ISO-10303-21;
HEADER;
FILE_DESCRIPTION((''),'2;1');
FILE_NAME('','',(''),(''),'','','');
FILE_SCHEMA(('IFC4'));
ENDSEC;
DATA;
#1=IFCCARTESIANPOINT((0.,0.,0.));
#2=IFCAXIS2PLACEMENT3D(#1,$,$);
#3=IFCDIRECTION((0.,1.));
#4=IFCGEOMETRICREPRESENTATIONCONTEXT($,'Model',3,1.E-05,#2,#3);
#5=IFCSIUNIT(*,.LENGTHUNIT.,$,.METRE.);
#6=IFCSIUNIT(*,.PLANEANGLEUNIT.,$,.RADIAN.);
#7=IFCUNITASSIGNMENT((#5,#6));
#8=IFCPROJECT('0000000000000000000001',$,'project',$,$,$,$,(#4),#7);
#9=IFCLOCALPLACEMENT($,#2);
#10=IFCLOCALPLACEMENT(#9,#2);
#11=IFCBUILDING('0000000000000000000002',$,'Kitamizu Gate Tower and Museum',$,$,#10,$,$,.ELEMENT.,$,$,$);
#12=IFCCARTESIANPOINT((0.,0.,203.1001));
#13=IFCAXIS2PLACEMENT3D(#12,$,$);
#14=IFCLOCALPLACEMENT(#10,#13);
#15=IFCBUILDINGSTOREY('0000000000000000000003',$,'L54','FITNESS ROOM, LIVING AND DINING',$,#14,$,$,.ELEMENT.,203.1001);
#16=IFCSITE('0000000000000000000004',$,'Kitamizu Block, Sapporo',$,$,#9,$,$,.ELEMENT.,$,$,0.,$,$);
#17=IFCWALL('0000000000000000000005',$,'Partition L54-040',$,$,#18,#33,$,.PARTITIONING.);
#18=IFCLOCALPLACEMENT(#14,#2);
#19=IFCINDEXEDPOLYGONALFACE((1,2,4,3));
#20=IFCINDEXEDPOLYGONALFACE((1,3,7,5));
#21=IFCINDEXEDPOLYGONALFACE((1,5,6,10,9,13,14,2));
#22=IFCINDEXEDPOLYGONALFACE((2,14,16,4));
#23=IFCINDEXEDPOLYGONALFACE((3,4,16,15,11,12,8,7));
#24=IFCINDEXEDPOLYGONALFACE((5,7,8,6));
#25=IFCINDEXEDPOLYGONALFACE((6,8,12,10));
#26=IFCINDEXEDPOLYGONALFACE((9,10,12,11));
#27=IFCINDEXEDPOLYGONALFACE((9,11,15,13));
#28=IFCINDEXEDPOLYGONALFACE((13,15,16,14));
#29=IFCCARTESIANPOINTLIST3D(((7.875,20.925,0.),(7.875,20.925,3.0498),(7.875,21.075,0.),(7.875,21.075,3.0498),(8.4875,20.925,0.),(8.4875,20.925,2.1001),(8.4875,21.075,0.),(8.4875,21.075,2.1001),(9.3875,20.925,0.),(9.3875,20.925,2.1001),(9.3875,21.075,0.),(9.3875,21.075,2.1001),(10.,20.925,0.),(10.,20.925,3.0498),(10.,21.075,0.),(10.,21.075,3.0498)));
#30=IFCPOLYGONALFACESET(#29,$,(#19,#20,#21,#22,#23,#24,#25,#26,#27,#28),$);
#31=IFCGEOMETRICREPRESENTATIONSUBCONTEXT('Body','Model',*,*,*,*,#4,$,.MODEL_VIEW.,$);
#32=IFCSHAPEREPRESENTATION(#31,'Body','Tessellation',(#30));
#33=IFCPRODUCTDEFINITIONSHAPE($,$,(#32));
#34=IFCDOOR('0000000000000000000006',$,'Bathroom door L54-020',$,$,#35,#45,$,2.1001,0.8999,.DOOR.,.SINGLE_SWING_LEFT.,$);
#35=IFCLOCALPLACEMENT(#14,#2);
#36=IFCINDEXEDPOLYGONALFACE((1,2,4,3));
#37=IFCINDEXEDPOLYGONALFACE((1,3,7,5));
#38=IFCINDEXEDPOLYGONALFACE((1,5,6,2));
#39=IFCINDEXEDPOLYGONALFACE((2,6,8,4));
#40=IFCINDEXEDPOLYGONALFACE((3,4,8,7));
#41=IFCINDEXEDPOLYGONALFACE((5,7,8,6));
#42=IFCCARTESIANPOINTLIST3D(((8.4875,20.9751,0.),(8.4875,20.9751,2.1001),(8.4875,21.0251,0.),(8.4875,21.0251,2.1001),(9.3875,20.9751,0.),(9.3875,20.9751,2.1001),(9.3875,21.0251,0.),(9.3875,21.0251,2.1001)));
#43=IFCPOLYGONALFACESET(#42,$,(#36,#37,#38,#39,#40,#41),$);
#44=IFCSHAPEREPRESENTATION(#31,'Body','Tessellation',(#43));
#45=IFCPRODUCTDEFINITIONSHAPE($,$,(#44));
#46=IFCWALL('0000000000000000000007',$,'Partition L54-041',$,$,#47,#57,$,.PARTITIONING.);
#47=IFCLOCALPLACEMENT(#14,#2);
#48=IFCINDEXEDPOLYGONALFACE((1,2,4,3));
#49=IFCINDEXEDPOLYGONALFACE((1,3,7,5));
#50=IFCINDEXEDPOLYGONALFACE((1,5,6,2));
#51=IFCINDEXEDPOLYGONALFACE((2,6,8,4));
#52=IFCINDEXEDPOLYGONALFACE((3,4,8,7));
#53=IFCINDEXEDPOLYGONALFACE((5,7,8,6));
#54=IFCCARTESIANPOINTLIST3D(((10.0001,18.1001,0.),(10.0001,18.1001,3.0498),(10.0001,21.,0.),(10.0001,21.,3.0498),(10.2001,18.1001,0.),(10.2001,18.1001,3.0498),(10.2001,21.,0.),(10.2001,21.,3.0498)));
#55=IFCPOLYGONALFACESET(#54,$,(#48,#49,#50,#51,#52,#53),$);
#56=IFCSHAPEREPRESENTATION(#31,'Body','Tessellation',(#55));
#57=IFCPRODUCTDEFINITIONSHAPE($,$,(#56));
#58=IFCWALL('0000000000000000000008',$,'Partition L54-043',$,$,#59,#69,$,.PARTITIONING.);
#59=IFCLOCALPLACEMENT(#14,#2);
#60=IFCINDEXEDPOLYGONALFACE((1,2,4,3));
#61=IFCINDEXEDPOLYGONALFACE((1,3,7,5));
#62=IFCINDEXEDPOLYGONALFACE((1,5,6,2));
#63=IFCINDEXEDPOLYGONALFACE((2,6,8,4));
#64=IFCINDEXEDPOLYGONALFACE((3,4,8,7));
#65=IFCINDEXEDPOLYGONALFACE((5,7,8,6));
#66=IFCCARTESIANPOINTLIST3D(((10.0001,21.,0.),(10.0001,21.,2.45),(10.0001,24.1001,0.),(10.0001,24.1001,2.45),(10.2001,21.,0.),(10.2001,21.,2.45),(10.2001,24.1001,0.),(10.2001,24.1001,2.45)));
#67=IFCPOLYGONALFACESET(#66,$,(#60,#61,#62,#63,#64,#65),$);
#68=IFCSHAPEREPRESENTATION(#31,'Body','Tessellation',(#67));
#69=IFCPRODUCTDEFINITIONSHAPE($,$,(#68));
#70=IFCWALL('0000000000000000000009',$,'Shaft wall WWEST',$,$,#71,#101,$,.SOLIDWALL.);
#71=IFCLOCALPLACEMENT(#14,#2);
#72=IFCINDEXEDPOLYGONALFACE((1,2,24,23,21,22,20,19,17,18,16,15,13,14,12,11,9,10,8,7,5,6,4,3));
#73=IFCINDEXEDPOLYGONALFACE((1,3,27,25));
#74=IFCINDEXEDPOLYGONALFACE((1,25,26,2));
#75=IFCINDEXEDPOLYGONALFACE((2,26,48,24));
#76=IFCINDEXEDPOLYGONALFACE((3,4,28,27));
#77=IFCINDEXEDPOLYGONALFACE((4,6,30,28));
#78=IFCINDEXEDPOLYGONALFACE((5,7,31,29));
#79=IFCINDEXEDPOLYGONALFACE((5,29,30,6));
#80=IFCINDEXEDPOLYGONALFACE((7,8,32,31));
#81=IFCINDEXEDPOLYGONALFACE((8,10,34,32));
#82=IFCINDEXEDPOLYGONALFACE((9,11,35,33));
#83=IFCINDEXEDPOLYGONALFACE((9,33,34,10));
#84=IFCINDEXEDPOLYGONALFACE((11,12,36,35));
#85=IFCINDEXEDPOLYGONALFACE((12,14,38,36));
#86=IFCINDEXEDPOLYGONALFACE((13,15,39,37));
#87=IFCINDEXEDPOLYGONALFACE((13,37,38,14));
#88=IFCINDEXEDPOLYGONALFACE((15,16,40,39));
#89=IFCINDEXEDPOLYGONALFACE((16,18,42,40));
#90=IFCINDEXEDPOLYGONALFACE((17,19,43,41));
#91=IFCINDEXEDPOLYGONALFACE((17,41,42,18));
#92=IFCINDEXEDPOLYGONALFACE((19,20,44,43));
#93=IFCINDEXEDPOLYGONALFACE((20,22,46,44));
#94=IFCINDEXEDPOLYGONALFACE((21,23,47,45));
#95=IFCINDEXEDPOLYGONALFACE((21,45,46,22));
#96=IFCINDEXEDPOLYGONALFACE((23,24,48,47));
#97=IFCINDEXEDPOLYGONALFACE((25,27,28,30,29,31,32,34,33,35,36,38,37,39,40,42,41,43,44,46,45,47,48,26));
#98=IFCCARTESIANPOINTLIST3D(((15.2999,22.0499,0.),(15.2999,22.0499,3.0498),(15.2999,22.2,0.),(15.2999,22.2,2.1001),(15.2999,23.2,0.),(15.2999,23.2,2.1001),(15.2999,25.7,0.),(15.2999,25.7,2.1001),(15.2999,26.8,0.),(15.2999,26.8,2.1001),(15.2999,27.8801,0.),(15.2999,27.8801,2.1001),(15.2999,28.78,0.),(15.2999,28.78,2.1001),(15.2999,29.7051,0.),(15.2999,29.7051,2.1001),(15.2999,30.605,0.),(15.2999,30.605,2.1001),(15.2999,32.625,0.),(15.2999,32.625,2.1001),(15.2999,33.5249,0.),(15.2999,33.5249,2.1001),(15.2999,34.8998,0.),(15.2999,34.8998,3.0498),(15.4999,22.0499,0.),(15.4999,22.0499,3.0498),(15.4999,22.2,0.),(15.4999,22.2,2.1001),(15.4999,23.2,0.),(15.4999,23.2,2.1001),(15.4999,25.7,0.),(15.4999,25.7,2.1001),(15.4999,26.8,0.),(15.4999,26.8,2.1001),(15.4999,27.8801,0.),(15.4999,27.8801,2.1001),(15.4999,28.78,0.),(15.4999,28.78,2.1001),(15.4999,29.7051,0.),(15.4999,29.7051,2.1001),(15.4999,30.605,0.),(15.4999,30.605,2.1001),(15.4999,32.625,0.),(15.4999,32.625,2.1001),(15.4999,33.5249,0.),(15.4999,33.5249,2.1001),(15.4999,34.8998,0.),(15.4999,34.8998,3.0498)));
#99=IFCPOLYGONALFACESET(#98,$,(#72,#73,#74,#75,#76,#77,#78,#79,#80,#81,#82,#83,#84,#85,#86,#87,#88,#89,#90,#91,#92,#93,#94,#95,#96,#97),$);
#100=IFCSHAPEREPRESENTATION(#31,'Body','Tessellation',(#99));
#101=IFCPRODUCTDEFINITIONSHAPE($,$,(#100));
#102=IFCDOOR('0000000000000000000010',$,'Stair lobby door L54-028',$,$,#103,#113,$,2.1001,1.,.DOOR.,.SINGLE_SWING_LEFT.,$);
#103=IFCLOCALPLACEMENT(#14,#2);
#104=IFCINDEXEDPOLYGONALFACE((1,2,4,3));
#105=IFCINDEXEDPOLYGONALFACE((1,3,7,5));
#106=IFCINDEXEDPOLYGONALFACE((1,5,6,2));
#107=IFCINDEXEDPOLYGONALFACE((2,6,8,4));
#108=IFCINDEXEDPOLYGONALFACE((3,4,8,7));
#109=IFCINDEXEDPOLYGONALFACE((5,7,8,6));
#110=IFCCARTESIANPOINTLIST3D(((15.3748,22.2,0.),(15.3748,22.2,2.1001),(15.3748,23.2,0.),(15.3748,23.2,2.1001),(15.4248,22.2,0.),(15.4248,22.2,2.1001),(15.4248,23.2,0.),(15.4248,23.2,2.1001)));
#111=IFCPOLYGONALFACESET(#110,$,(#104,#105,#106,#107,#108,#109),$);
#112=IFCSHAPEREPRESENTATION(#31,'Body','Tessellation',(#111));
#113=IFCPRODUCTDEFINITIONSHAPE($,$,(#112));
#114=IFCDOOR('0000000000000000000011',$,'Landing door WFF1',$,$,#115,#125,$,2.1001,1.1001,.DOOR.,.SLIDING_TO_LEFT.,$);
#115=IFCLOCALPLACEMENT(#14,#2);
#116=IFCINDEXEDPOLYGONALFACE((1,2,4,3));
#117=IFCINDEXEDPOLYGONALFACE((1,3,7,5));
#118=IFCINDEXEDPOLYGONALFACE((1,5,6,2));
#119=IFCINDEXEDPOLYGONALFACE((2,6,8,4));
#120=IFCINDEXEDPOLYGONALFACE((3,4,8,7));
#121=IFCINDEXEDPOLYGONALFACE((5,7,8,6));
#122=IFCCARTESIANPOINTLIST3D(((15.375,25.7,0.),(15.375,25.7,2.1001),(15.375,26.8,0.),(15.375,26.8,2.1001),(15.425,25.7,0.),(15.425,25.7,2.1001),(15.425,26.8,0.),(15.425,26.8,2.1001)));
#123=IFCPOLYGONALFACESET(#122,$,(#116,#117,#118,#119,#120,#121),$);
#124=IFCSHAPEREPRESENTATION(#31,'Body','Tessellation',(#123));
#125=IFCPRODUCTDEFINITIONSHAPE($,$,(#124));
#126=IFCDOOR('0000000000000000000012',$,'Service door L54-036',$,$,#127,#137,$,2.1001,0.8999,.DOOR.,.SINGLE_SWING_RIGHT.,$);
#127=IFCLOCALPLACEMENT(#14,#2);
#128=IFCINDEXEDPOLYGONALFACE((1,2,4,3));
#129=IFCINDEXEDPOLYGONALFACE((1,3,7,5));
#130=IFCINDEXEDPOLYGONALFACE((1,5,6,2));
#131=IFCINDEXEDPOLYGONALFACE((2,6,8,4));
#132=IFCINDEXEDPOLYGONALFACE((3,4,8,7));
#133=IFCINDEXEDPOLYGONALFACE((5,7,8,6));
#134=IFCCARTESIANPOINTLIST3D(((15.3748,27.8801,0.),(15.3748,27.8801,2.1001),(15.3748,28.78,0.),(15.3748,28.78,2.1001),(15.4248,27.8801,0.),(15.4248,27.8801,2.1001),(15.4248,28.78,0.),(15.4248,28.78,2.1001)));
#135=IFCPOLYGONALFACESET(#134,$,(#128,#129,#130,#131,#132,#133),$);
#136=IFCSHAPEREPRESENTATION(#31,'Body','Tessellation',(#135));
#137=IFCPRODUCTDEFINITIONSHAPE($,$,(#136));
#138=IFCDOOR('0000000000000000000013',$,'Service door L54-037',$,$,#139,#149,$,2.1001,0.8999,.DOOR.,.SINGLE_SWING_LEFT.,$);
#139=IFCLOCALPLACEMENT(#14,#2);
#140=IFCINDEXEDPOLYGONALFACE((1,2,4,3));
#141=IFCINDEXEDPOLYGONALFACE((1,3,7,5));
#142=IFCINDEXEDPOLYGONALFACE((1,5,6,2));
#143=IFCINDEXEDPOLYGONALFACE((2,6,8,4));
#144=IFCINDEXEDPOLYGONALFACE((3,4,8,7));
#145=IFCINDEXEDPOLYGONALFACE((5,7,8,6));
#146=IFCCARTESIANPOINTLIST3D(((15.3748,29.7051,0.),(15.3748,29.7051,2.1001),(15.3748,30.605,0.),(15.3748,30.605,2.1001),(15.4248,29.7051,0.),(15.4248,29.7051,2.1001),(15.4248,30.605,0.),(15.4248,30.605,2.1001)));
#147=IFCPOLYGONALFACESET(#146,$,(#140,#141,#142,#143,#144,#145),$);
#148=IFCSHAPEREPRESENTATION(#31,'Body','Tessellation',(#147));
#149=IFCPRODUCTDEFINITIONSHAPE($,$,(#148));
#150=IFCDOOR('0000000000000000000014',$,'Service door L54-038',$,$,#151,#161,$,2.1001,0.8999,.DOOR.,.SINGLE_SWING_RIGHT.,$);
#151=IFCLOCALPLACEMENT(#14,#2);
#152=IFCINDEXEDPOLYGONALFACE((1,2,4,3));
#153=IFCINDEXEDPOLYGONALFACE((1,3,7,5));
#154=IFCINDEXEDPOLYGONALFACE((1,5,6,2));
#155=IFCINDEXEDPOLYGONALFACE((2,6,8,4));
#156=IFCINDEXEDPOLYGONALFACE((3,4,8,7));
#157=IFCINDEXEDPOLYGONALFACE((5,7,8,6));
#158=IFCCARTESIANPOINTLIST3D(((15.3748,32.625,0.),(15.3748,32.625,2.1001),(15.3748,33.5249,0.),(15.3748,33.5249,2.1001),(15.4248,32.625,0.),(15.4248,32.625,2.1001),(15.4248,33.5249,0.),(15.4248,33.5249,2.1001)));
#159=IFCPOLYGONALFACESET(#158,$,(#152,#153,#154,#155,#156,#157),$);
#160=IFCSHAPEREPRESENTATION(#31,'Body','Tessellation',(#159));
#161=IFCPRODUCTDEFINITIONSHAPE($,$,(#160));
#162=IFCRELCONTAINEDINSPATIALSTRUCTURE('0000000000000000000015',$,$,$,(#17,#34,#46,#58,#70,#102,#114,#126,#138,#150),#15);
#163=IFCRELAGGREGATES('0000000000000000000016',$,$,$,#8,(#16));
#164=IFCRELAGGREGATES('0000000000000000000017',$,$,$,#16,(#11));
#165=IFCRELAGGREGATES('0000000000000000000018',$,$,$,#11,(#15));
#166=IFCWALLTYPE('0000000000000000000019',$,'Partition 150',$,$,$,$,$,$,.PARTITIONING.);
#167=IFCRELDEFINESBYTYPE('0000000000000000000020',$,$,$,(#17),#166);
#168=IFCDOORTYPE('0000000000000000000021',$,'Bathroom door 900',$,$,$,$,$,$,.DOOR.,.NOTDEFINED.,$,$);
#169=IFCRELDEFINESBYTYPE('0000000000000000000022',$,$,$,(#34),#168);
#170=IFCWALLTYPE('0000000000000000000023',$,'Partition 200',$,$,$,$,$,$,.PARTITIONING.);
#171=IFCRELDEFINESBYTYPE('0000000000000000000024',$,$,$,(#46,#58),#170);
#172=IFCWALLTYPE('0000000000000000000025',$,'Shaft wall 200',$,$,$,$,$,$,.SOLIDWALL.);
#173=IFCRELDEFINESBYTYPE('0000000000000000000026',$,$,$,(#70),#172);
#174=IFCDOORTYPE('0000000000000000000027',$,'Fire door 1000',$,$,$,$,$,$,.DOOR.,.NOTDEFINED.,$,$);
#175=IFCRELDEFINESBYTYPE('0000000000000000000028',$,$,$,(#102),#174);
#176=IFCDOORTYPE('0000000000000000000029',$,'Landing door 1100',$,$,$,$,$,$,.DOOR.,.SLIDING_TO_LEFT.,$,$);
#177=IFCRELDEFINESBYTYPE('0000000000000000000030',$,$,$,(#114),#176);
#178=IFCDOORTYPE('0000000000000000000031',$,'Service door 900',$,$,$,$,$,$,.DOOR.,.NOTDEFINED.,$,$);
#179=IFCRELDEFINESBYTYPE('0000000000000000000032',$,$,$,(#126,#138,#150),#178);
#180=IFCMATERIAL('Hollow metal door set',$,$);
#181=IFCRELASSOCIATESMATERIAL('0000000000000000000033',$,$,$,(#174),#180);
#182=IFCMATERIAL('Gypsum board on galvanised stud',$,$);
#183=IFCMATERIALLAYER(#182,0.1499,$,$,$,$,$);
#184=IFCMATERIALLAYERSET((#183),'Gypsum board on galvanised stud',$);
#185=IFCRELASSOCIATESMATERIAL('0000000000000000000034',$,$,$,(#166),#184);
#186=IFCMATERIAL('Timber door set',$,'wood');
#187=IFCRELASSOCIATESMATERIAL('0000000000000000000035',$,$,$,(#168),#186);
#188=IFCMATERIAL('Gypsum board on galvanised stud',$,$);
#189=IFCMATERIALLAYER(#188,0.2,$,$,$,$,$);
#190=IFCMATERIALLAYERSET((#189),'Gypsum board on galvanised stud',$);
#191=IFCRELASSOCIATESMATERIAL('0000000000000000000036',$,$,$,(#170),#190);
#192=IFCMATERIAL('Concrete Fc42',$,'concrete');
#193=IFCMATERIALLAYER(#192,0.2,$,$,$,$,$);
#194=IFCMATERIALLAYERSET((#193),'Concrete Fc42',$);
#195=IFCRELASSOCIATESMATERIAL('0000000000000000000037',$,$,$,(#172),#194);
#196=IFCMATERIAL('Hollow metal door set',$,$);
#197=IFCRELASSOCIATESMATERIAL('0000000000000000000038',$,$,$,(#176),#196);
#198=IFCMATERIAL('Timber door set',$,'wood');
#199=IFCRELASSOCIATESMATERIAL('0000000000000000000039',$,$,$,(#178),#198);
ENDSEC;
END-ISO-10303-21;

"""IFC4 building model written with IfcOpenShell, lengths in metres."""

from ifc_helpers import new_model, si_unit, direction, frame, frame_2d, origin, place, context, subcontext, project, spatial, rectangle, extrude, material, layer, layer_set, type_object, element, fill, save


model = new_model("IFC4")

# Units and contexts
model_context = context("Model", 3, precision=1e-05, world=origin(), true_north=direction((0.0, 1.0)))
body_context = subcontext(model_context, "Body", "Model", "MODEL_VIEW")
ifc_project = project(units=[si_unit("LENGTHUNIT", "METRE"), si_unit("PLANEANGLEUNIT", "RADIAN")], contexts=[model_context])

# Site, building, storey
site_placement = place(None, origin())
site = spatial("IfcSite", under=ifc_project, at=site_placement, Name="Kitamizu Block, Sapporo", CompositionType="ELEMENT", RefElevation=0.0)
building_placement = place(site_placement, origin())
building = spatial("IfcBuilding", under=site, at=building_placement, Name="Kitamizu Gate Tower and Museum", CompositionType="ELEMENT")
storey_placement = place(building_placement, frame((0.0, 0.0, 203.1001)))
storey = spatial("IfcBuildingStorey", under=building, at=storey_placement, Name="L54", Description="FITNESS ROOM, LIVING AND DINING", CompositionType="ELEMENT", Elevation=203.1001)

# Shared definitions
ifc_material_1 = material(Name="Hollow metal door set")
door_type_1 = type_object("IfcDoorType", Name="Fire door 1000", OperationType="NOTDEFINED", PredefinedType="DOOR", material=ifc_material_1)

# Shared definitions
ifc_material_2 = material(Name="Gypsum board on galvanised stud")
ifc_layer_1 = layer(ifc_material_2, 0.1499)
ifc_layer_set_1 = layer_set([ifc_layer_1], Name="Gypsum board on galvanised stud")
wall_type_1 = type_object("IfcWallType", Name="Partition 150", PredefinedType="PARTITIONING", material=ifc_layer_set_1)

# Wall, opening, door
wall_1_placement = place(storey_placement, frame((10.0, 21.0, 0.0), z_axis=(0.0, 0.0, 1.0), x_axis=(-1.0, 0.0, 0.0)))
wall_1 = element("IfcWall", 1, at=wall_1_placement, inside=storey, type_object=wall_type_1, Name="Partition L54-040", PredefinedType="PARTITIONING", context=body_context, shape_type="SweptSolid", body=[
    extrude(rectangle(XDim=2.125, YDim=0.1499, at=frame_2d((1.0625, 0.0))), origin(), (0.0, 0.0, 1.0), 3.0498),
])
opening_1_placement = place(wall_1_placement, frame((0.6125, 0.0, 0.0)))
opening_1 = element("IfcOpeningElement", 2, at=opening_1_placement, cuts=wall_1, PredefinedType="OPENING", context=body_context, shape_type="SweptSolid", body=[
    extrude(rectangle(XDim=0.8999, YDim=2.1001, at=frame_2d((0.45, 1.05))), frame((0.0, 0.085, 0.0), z_axis=(0.0, -1.0, 0.0), x_axis=(1.0, 0.0, 0.0)), (0.0, 0.0, 1.0), 0.1699),
])
ifc_material_3 = material(Name="Timber door set", Category="wood")
door_type_2 = type_object("IfcDoorType", Name="Bathroom door 900", OperationType="NOTDEFINED", PredefinedType="DOOR", material=ifc_material_3)
door_1_placement = place(opening_1_placement, origin())
door_1 = element("IfcDoor", 3, at=door_1_placement, inside=storey, type_object=door_type_2, Name="Bathroom door L54-020", OperationType="SINGLE_SWING_LEFT", OverallHeight=2.1001, OverallWidth=0.8999, PredefinedType="DOOR", context=body_context, shape_type="SweptSolid", body=[
    extrude(rectangle(XDim=0.8999, YDim=2.1001, at=frame_2d((0.45, 1.05))), frame((0.0, 0.0249, 0.0), z_axis=(0.0, -1.0, 0.0), x_axis=(1.0, 0.0, 0.0)), (0.0, 0.0, 1.0), 0.05),
])
fill(opening_1, door_1)

# Walls
ifc_material_4 = material(Name="Gypsum board on galvanised stud")
ifc_layer_2 = layer(ifc_material_4, 0.2)
ifc_layer_set_2 = layer_set([ifc_layer_2], Name="Gypsum board on galvanised stud")
wall_type_2 = type_object("IfcWallType", Name="Partition 200", PredefinedType="PARTITIONING", material=ifc_layer_set_2)
wall_2_placement = place(storey_placement, frame((10.1001, 18.1001, 0.0), z_axis=(0.0, 0.0, 1.0), x_axis=(0.0, 1.0, 0.0)))
element("IfcWall", 4, at=wall_2_placement, inside=storey, type_object=wall_type_2, Name="Partition L54-041", PredefinedType="PARTITIONING", context=body_context, shape_type="SweptSolid", body=[
    extrude(rectangle(XDim=2.8999, YDim=0.2, at=frame_2d((1.45, 0.0))), origin(), (0.0, 0.0, 1.0), 3.0498),
])
wall_3_placement = place(storey_placement, frame((10.1001, 21.0, 0.0), z_axis=(0.0, 0.0, 1.0), x_axis=(0.0, 1.0, 0.0)))
element("IfcWall", 5, at=wall_3_placement, inside=storey, type_object=wall_type_2, Name="Partition L54-043", PredefinedType="PARTITIONING", context=body_context, shape_type="SweptSolid", body=[
    extrude(rectangle(XDim=3.1001, YDim=0.2, at=frame_2d((1.55, 0.0))), origin(), (0.0, 0.0, 1.0), 2.45),
])

# Wall, openings, doors
ifc_material_5 = material(Name="Concrete Fc42", Category="concrete")
ifc_layer_3 = layer(ifc_material_5, 0.2)
ifc_layer_set_3 = layer_set([ifc_layer_3], Name="Concrete Fc42")
wall_type_3 = type_object("IfcWallType", Name="Shaft wall 200", PredefinedType="SOLIDWALL", material=ifc_layer_set_3)
wall_4_placement = place(storey_placement, frame((15.3999, 22.05, 0.0), z_axis=(0.0, 0.0, 1.0), x_axis=(0.0, 1.0, 0.0)))
wall_4 = element("IfcWall", 6, at=wall_4_placement, inside=storey, type_object=wall_type_3, Name="Shaft wall WWEST", PredefinedType="SOLIDWALL", context=body_context, shape_type="SweptSolid", body=[
    extrude(rectangle(XDim=12.8499, YDim=0.2, at=frame_2d((6.4248, 0.0))), origin(), (0.0, 0.0, 1.0), 3.0498),
])
opening_2_placement = place(wall_4_placement, frame((3.6499, 0.0, 0.0)))
opening_2 = element("IfcOpeningElement", 7, at=opening_2_placement, cuts=wall_4, PredefinedType="OPENING", context=body_context, shape_type="SweptSolid", body=[
    extrude(rectangle(XDim=1.1001, YDim=2.1001, at=frame_2d((0.55, 1.05))), frame((0.0, 0.1099, 0.0), z_axis=(0.0, -1.0, 0.0), x_axis=(1.0, 0.0, 0.0)), (0.0, 0.0, 1.0), 0.22),
])
opening_3_placement = place(wall_4_placement, frame((0.1499, 0.0, 0.0)))
opening_3 = element("IfcOpeningElement", 8, at=opening_3_placement, cuts=wall_4, PredefinedType="OPENING", context=body_context, shape_type="SweptSolid", body=[
    extrude(rectangle(XDim=1.0, YDim=2.1001, at=frame_2d((0.5, 1.05))), frame((0.0, 0.1099, 0.0), z_axis=(0.0, -1.0, 0.0), x_axis=(1.0, 0.0, 0.0)), (0.0, 0.0, 1.0), 0.22),
])
opening_4_placement = place(wall_4_placement, frame((5.8301, 0.0, 0.0)))
opening_4 = element("IfcOpeningElement", 9, at=opening_4_placement, cuts=wall_4, PredefinedType="OPENING", context=body_context, shape_type="SweptSolid", body=[
    extrude(rectangle(XDim=0.8999, YDim=2.1001, at=frame_2d((0.45, 1.05))), frame((0.0, 0.1099, 0.0), z_axis=(0.0, -1.0, 0.0), x_axis=(1.0, 0.0, 0.0)), (0.0, 0.0, 1.0), 0.22),
])
opening_5_placement = place(wall_4_placement, frame((7.655, 0.0, 0.0)))
opening_5 = element("IfcOpeningElement", 10, at=opening_5_placement, cuts=wall_4, PredefinedType="OPENING", context=body_context, shape_type="SweptSolid", body=[
    extrude(rectangle(XDim=0.8999, YDim=2.1001, at=frame_2d((0.45, 1.05))), frame((0.0, 0.1099, 0.0), z_axis=(0.0, -1.0, 0.0), x_axis=(1.0, 0.0, 0.0)), (0.0, 0.0, 1.0), 0.22),
])
opening_6_placement = place(wall_4_placement, frame((10.575, 0.0, 0.0)))
opening_6 = element("IfcOpeningElement", 11, at=opening_6_placement, cuts=wall_4, PredefinedType="OPENING", context=body_context, shape_type="SweptSolid", body=[
    extrude(rectangle(XDim=0.8999, YDim=2.1001, at=frame_2d((0.45, 1.05))), frame((0.0, 0.1099, 0.0), z_axis=(0.0, -1.0, 0.0), x_axis=(1.0, 0.0, 0.0)), (0.0, 0.0, 1.0), 0.22),
])
door_2_placement = place(opening_3_placement, frame((1.0, 0.0, 0.0), x_axis=(-1.0, 0.0, 0.0)))
door_2 = element("IfcDoor", 12, at=door_2_placement, inside=storey, type_object=door_type_1, Name="Stair lobby door L54-028", OperationType="SINGLE_SWING_LEFT", OverallHeight=2.1001, OverallWidth=1.0, PredefinedType="DOOR", context=body_context, shape_type="SweptSolid", body=[
    extrude(rectangle(XDim=1.0, YDim=2.1001, at=frame_2d((0.5, 1.05))), frame((0.0, 0.0249, 0.0), z_axis=(0.0, -1.0, 0.0), x_axis=(1.0, 0.0, 0.0)), (0.0, 0.0, 1.0), 0.05),
])
fill(opening_3, door_2)
ifc_material_6 = material(Name="Hollow metal door set")
door_type_3 = type_object("IfcDoorType", Name="Landing door 1100", OperationType="SLIDING_TO_LEFT", PredefinedType="DOOR", material=ifc_material_6)
door_3_placement = place(opening_2_placement, origin())
door_3 = element("IfcDoor", 13, at=door_3_placement, inside=storey, type_object=door_type_3, Name="Landing door WFF1", OperationType="SLIDING_TO_LEFT", OverallHeight=2.1001, OverallWidth=1.1001, PredefinedType="DOOR", context=body_context, shape_type="SweptSolid", body=[
    extrude(rectangle(XDim=1.1001, YDim=2.1001, at=frame_2d((0.55, 1.05))), frame((0.0, 0.0249, 0.0), z_axis=(0.0, -1.0, 0.0), x_axis=(1.0, 0.0, 0.0)), (0.0, 0.0, 1.0), 0.05),
])
fill(opening_2, door_3)
ifc_material_7 = material(Name="Timber door set", Category="wood")
door_type_4 = type_object("IfcDoorType", Name="Service door 900", OperationType="NOTDEFINED", PredefinedType="DOOR", material=ifc_material_7)
door_4_placement = place(opening_4_placement, frame((0.8999, 0.0, 0.0), x_axis=(-1.0, 0.0, 0.0)))
door_4 = element("IfcDoor", 14, at=door_4_placement, inside=storey, type_object=door_type_4, Name="Service door L54-036", OperationType="SINGLE_SWING_RIGHT", OverallHeight=2.1001, OverallWidth=0.8999, PredefinedType="DOOR", context=body_context, shape_type="SweptSolid", body=[
    extrude(rectangle(XDim=0.8999, YDim=2.1001, at=frame_2d((0.45, 1.05))), frame((0.0, 0.0249, 0.0), z_axis=(0.0, -1.0, 0.0), x_axis=(1.0, 0.0, 0.0)), (0.0, 0.0, 1.0), 0.05),
])
fill(opening_4, door_4)
door_5_placement = place(opening_5_placement, frame((0.8999, 0.0, 0.0), x_axis=(-1.0, 0.0, 0.0)))
door_5 = element("IfcDoor", 15, at=door_5_placement, inside=storey, type_object=door_type_4, Name="Service door L54-037", OperationType="SINGLE_SWING_LEFT", OverallHeight=2.1001, OverallWidth=0.8999, PredefinedType="DOOR", context=body_context, shape_type="SweptSolid", body=[
    extrude(rectangle(XDim=0.8999, YDim=2.1001, at=frame_2d((0.45, 1.05))), frame((0.0, 0.0249, 0.0), z_axis=(0.0, -1.0, 0.0), x_axis=(1.0, 0.0, 0.0)), (0.0, 0.0, 1.0), 0.05),
])
fill(opening_5, door_5)
door_6_placement = place(opening_6_placement, frame((0.8999, 0.0, 0.0), x_axis=(-1.0, 0.0, 0.0)))
door_6 = element("IfcDoor", 16, at=door_6_placement, inside=storey, type_object=door_type_4, Name="Service door L54-038", OperationType="SINGLE_SWING_RIGHT", OverallHeight=2.1001, OverallWidth=0.8999, PredefinedType="DOOR", context=body_context, shape_type="SweptSolid", body=[
    extrude(rectangle(XDim=0.8999, YDim=2.1001, at=frame_2d((0.45, 1.05))), frame((0.0, 0.0249, 0.0), z_axis=(0.0, -1.0, 0.0), x_axis=(1.0, 0.0, 0.0)), (0.0, 0.0, 1.0), 0.05),
])
fill(opening_6, door_6)

save(model, "model.ifc")
